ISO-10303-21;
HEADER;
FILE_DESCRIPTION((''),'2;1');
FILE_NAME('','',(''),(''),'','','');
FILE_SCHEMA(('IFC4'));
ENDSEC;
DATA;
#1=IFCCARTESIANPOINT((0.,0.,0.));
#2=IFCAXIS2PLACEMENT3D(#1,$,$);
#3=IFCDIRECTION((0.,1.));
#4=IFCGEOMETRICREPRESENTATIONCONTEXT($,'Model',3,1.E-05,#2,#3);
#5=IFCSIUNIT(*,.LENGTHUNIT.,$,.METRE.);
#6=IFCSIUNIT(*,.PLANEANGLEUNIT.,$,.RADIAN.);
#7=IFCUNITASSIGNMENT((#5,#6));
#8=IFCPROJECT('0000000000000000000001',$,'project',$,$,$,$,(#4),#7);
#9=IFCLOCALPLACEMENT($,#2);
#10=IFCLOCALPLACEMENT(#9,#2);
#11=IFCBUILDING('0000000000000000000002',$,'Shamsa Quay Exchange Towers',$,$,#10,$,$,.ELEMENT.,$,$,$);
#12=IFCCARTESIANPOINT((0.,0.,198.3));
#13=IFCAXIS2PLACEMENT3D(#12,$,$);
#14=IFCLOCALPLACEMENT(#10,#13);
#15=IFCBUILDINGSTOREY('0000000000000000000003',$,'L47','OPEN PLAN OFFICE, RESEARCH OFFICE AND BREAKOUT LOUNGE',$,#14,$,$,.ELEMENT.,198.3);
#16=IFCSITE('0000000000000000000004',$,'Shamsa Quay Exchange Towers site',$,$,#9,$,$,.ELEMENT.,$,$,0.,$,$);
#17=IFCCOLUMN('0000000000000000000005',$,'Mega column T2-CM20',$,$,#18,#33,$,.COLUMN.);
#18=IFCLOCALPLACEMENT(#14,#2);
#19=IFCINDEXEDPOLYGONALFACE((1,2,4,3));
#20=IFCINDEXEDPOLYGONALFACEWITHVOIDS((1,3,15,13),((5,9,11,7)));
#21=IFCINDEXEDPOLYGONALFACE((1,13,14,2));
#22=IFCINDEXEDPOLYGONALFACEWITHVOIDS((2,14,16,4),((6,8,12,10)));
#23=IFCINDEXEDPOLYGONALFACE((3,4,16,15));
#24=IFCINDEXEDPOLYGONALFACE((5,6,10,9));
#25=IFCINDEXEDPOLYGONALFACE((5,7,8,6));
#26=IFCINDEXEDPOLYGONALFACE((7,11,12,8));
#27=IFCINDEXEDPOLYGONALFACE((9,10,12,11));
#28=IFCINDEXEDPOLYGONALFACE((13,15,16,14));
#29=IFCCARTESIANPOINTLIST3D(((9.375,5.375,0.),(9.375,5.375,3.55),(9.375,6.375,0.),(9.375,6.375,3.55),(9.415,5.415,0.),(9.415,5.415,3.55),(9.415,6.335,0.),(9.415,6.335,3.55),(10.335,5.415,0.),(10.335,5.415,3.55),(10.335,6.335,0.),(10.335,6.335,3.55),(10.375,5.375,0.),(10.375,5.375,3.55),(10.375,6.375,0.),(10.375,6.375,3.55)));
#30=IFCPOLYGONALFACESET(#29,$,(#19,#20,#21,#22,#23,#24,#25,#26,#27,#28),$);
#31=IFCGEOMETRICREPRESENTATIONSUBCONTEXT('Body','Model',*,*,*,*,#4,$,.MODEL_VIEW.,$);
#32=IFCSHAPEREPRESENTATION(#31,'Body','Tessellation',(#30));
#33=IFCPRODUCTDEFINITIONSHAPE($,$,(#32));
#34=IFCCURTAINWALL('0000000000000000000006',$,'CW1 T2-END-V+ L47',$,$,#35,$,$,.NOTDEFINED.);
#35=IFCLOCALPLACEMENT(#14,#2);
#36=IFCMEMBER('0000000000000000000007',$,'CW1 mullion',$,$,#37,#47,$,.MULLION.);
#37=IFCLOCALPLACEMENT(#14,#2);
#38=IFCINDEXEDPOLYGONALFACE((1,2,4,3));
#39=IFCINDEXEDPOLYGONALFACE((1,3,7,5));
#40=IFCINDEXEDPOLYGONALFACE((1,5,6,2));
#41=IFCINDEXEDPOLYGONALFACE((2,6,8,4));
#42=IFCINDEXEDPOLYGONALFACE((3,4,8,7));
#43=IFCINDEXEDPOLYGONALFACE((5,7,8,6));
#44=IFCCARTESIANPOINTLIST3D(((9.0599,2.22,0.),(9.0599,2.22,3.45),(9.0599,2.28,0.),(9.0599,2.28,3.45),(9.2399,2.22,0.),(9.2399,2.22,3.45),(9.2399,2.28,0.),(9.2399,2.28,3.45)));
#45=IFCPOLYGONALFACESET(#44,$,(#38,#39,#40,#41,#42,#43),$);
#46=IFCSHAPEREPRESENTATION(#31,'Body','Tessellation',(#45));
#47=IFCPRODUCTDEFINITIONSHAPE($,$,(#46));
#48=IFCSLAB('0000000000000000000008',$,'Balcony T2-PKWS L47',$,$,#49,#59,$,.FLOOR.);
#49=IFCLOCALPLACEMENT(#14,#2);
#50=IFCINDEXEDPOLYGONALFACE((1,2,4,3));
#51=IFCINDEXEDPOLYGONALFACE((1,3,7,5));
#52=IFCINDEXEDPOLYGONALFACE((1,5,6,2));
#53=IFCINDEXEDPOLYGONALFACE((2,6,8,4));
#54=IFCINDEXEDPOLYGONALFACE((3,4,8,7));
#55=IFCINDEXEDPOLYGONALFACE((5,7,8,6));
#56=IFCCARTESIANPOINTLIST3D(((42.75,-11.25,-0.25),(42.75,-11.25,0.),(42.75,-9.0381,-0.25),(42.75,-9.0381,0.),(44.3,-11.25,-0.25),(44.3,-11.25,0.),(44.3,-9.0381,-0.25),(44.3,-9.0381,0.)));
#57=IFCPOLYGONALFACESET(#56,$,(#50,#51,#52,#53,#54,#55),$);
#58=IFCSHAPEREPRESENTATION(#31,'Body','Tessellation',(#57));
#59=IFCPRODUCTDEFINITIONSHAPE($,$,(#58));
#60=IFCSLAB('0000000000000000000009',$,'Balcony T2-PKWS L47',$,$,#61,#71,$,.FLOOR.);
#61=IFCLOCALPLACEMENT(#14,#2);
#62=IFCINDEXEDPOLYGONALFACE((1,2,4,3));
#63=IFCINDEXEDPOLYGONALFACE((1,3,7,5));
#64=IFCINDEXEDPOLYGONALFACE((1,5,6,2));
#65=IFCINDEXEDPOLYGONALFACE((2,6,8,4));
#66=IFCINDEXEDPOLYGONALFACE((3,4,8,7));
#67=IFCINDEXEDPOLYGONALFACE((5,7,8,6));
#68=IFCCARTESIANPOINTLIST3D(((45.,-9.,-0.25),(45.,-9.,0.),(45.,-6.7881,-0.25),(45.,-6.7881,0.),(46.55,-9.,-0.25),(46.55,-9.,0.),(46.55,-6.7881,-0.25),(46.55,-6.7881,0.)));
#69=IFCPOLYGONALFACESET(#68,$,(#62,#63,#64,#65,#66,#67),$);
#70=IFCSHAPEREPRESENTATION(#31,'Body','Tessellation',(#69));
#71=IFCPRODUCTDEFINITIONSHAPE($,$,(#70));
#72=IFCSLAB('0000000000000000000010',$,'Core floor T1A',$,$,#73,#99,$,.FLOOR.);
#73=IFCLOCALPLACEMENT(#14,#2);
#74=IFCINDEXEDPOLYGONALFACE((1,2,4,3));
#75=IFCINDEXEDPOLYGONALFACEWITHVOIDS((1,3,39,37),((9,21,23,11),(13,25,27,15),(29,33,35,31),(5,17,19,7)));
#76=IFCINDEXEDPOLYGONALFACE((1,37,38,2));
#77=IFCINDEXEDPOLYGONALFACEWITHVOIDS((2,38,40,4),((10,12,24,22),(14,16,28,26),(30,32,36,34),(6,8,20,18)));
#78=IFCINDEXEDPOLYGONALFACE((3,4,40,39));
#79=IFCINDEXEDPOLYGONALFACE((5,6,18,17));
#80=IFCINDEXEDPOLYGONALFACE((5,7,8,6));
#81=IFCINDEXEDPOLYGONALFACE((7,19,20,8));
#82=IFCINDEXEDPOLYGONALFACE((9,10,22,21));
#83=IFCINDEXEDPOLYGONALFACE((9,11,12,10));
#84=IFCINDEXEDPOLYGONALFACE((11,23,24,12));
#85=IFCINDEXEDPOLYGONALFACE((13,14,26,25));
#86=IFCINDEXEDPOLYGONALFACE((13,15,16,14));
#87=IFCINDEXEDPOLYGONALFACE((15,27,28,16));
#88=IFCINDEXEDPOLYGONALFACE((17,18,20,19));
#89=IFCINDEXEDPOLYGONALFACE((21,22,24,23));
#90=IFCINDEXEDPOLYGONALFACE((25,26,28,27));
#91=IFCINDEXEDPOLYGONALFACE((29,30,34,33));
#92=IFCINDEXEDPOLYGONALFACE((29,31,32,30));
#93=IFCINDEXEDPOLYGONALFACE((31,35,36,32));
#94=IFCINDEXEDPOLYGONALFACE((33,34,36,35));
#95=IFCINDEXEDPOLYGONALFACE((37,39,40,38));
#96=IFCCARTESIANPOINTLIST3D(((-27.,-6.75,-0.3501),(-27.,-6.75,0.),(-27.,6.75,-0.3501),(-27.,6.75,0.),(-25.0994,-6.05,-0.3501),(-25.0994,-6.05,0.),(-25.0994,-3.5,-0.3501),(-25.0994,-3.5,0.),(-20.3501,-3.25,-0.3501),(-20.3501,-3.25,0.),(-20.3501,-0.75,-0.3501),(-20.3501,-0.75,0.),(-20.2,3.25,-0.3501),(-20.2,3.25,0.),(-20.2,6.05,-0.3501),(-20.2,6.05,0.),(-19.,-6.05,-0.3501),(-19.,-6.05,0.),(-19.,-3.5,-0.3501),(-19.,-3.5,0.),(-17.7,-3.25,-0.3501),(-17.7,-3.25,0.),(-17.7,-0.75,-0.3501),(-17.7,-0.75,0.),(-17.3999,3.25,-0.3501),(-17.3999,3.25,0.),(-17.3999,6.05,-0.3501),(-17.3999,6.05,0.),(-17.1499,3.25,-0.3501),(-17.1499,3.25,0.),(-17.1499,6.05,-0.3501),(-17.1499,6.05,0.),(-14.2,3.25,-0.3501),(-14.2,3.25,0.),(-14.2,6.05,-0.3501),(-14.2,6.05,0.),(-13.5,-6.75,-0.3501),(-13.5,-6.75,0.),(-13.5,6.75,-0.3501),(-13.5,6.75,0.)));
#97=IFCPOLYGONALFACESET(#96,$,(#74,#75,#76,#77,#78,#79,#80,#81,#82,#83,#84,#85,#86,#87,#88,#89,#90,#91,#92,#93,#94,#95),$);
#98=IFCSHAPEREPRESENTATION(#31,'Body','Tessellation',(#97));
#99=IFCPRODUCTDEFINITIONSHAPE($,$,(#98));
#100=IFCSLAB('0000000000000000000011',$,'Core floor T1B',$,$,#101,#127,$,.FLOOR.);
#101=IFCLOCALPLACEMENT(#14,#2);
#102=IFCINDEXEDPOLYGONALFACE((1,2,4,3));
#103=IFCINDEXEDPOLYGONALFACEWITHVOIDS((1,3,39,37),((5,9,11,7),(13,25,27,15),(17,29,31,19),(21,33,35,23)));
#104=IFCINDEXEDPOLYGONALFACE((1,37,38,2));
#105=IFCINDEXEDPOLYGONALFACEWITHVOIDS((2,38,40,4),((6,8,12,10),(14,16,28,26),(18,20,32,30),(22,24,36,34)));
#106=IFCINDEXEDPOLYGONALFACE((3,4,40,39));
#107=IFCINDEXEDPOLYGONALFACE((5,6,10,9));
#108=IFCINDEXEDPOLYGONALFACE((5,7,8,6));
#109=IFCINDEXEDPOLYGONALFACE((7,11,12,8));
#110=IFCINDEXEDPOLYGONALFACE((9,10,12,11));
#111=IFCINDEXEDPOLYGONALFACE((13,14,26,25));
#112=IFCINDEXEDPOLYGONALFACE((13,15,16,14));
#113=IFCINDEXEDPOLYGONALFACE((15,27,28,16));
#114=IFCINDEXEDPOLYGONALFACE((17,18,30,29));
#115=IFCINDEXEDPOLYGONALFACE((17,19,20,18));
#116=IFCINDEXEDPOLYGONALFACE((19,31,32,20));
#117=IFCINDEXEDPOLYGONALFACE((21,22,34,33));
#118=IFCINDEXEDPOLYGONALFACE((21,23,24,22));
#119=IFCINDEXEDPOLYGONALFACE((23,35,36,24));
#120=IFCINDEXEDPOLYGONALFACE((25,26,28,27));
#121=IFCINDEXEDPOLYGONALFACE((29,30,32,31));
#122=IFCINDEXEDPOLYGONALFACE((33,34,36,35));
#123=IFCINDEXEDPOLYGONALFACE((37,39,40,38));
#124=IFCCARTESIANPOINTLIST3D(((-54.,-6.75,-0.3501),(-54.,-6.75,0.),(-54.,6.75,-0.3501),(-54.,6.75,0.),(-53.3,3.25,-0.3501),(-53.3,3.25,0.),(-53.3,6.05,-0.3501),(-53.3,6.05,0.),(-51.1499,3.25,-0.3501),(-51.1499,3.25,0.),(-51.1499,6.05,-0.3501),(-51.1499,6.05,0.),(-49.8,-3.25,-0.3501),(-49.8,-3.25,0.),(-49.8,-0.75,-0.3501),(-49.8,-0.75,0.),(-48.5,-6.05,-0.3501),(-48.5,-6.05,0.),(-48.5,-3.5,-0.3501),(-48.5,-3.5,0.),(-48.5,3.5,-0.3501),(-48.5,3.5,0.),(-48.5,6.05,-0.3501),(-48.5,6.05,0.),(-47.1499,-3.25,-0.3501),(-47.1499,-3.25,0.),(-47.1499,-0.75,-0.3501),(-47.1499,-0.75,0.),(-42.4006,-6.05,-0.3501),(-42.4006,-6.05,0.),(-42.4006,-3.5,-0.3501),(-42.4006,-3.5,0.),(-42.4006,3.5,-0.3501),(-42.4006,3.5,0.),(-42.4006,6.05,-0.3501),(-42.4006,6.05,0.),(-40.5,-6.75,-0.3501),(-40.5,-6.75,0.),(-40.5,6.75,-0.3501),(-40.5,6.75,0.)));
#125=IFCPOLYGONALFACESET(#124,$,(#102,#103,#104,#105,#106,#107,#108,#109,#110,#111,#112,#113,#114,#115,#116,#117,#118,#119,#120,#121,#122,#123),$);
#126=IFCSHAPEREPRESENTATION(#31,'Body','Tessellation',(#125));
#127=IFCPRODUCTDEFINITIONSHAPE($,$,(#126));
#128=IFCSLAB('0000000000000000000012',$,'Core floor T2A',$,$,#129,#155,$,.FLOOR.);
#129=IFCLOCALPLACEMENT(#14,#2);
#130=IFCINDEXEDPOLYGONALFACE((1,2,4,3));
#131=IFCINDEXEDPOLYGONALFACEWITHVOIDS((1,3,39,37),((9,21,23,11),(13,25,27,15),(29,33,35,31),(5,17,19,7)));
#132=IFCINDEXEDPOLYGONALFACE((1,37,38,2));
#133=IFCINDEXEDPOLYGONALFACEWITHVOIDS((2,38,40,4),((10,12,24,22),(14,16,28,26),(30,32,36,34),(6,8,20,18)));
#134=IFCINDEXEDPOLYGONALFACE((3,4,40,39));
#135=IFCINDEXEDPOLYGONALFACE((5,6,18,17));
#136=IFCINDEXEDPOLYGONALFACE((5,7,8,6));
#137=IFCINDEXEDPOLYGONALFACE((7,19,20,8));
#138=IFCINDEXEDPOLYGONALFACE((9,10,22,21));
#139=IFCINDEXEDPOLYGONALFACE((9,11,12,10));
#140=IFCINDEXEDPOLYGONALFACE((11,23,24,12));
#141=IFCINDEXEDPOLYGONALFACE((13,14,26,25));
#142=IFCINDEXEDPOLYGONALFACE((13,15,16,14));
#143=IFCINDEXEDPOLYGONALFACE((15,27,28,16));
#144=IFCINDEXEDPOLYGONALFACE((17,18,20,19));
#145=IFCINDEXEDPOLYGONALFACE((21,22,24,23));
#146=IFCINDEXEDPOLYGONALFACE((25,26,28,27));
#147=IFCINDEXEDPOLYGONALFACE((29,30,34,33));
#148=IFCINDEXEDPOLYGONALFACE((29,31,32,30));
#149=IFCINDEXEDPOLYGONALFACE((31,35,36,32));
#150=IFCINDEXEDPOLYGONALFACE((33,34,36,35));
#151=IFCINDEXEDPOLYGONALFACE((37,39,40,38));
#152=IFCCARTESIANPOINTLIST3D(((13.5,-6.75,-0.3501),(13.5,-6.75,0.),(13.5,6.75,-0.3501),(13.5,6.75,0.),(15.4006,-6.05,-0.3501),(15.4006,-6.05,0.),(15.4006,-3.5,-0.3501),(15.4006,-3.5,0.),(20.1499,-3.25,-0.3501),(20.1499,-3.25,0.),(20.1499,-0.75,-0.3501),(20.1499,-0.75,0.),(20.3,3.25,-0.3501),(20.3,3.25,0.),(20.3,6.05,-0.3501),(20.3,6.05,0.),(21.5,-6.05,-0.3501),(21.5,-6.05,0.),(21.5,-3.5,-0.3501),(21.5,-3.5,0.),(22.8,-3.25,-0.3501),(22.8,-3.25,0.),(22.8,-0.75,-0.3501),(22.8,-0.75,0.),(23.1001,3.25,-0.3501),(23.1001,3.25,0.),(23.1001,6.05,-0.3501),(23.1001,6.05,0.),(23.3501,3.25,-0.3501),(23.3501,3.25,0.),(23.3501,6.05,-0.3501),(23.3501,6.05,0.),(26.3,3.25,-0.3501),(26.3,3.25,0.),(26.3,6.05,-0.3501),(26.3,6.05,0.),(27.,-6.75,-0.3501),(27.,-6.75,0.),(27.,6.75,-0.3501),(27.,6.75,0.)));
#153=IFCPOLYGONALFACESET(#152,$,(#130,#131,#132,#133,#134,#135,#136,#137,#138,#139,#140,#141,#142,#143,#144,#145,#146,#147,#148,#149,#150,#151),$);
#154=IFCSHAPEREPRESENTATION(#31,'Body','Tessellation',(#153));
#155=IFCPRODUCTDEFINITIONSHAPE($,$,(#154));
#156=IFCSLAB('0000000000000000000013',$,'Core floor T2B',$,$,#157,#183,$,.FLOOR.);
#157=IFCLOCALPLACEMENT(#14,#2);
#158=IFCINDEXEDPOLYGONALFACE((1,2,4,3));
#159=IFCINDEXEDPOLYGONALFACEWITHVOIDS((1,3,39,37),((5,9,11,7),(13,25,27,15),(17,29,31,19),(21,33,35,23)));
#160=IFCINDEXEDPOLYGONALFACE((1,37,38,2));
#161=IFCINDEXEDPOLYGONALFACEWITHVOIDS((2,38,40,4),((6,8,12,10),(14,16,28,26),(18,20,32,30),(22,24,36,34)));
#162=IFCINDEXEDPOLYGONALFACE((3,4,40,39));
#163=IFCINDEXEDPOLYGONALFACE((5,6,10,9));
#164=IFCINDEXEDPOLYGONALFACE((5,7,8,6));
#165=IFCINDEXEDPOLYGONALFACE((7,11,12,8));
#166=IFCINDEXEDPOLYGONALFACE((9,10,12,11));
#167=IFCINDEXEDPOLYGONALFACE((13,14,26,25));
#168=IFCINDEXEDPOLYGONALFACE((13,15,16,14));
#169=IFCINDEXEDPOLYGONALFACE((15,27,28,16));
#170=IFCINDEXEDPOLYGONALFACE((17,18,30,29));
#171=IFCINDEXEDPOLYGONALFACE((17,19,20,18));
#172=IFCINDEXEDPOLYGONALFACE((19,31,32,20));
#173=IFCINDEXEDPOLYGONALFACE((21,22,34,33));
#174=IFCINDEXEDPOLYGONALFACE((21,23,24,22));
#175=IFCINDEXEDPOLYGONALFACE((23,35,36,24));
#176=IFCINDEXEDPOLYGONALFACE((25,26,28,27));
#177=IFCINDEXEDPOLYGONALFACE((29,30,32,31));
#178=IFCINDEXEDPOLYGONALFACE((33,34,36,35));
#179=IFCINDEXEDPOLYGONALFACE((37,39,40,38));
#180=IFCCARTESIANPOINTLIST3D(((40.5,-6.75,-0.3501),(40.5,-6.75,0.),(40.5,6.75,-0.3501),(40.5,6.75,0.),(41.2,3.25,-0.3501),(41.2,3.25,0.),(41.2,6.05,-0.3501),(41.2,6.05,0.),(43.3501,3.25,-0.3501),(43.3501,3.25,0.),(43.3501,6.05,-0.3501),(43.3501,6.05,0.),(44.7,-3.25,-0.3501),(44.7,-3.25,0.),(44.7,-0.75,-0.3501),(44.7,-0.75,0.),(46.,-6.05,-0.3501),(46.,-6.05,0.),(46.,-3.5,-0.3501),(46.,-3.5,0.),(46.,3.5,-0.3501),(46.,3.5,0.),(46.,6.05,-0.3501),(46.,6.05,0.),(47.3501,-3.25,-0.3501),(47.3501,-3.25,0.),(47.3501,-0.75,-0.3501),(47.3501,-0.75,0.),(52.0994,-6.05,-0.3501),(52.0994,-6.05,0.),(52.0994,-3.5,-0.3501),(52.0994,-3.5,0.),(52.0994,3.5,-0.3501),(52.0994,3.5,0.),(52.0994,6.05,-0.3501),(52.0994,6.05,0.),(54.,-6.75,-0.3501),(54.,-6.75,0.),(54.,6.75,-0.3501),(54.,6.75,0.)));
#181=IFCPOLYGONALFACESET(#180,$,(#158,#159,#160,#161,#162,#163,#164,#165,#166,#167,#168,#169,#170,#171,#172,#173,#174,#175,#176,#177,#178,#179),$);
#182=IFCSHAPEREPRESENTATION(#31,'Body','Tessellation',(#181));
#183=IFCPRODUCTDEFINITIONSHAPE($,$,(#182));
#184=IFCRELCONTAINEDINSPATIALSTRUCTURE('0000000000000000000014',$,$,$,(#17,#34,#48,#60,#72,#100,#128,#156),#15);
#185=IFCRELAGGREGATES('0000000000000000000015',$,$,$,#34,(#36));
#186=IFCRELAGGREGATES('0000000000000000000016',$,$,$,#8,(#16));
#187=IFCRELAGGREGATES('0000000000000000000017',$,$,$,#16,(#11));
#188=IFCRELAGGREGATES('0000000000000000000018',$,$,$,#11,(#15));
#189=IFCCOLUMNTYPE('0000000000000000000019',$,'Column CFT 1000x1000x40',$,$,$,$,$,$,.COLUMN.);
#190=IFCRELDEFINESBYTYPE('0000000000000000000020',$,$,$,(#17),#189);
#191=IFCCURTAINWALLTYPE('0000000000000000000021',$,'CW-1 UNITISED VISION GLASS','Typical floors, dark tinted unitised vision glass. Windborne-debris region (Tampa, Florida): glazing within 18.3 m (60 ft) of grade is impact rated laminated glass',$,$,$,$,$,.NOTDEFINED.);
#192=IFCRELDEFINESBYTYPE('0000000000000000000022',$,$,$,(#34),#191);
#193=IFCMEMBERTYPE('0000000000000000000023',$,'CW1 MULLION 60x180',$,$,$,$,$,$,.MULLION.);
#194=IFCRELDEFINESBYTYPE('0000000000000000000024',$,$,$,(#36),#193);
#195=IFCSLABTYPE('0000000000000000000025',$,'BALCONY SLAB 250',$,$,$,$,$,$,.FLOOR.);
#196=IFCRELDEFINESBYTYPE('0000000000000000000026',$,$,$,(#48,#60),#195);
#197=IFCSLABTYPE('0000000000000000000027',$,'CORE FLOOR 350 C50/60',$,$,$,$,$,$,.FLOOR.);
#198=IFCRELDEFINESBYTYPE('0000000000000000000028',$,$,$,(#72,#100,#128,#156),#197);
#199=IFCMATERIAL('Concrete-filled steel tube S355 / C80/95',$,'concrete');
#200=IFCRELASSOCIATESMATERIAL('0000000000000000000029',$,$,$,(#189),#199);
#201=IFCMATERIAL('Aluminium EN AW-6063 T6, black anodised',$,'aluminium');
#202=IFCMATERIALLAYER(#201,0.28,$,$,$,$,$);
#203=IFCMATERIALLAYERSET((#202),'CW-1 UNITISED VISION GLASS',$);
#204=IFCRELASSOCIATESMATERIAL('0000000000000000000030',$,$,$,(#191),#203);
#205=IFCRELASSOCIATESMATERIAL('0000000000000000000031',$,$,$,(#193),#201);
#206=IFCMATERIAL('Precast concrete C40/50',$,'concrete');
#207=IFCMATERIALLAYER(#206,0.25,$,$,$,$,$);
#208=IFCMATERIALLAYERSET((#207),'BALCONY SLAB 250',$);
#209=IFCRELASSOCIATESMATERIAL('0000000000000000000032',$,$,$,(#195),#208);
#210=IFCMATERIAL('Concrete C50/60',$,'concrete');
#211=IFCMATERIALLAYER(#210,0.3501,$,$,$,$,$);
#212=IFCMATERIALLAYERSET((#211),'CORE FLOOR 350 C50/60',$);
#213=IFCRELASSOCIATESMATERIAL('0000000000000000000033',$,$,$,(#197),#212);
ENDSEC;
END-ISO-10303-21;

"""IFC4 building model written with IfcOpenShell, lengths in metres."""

from ifc_helpers import new_model, si_unit, direction, frame, origin, origin_2d, place, context, subcontext, project, spatial, polyline, rectangle, hollow_rectangle, outline, extrude, material, layer, layer_set, material_profile, profile_set, type_object, element, aggregate, save


model = new_model("IFC4")

# Units and contexts
model_context = context("Model", 3, precision=1e-05, world=origin(), true_north=direction((0.0, 1.0)))
body_context = subcontext(model_context, "Body", "Model", "MODEL_VIEW")
ifc_project = project(units=[si_unit("LENGTHUNIT", "METRE"), si_unit("PLANEANGLEUNIT", "RADIAN")], contexts=[model_context])

# Site, building, storey
site_placement = place(None, origin())
site = spatial("IfcSite", under=ifc_project, at=site_placement, Name="Shamsa Quay Exchange Towers site", CompositionType="ELEMENT", RefElevation=0.0)
building_placement = place(site_placement, origin())
building = spatial("IfcBuilding", under=site, at=building_placement, Name="Shamsa Quay Exchange Towers", CompositionType="ELEMENT")
storey_placement = place(building_placement, frame((0.0, 0.0, 198.3)))
storey = spatial("IfcBuildingStorey", under=building, at=storey_placement, Name="L47", Description="OPEN PLAN OFFICE, RESEARCH OFFICE AND BREAKOUT LOUNGE", CompositionType="ELEMENT", Elevation=198.3)

# Column
ifc_material_1 = material(Name="Concrete-filled steel tube S355 / C80/95", Category="concrete")
ifc_material_profile_1 = material_profile(ifc_material_1, hollow_rectangle(XDim=1.0, YDim=1.0, WallThickness=0.04, at=origin_2d()), Name="CFT 1000x1000x40")
ifc_profile_set_1 = profile_set([ifc_material_profile_1], Name="Concrete-filled steel tube S355 / C80/95")
column_type = type_object("IfcColumnType", Name="Column CFT 1000x1000x40", PredefinedType="COLUMN", material=ifc_profile_set_1)
column_placement = place(storey_placement, frame((9.875, 5.875, 0.0)))
element("IfcColumn", 1, at=column_placement, inside=storey, type_object=column_type, Name="Mega column T2-CM20", PredefinedType="COLUMN", context=body_context, shape_type="SweptSolid", body=[
    extrude(hollow_rectangle(XDim=1.0, YDim=1.0, WallThickness=0.04, at=origin_2d()), origin(), (0.0, 0.0, 1.0), 3.55),
])

# Curtain wall, member
ifc_material_2 = material(Name="Aluminium EN AW-6063 T6, black anodised", Category="aluminium")
ifc_layer_1 = layer(ifc_material_2, 0.28)
ifc_layer_set_1 = layer_set([ifc_layer_1], Name="CW-1 UNITISED VISION GLASS")
curtain_wall_type_1 = type_object("IfcCurtainWallType", Name="CW-1 UNITISED VISION GLASS", Description="Typical floors, dark tinted unitised vision glass. Windborne-debris region (Tampa, Florida): glazing within 18.3 m (60 ft) of grade is impact rated laminated glass", PredefinedType="NOTDEFINED", material=ifc_layer_set_1)
curtain_wall_1_placement = place(storey_placement, origin())
curtain_wall_1 = element("IfcCurtainWall", 2, at=curtain_wall_1_placement, inside=storey, type_object=curtain_wall_type_1, Name="CW1 T2-END-V+ L47", PredefinedType="NOTDEFINED")
ifc_material_profile_2 = material_profile(ifc_material_2, rectangle(XDim=0.1799, YDim=0.0601, at=origin_2d()), Name="MU60x180")
ifc_profile_set_2 = profile_set([ifc_material_profile_2], Name="Aluminium EN AW-6063 T6, black anodised")
member_type = type_object("IfcMemberType", Name="CW1 MULLION 60x180", PredefinedType="MULLION", material=ifc_profile_set_2)
member_placement = place(storey_placement, frame((9.1499, 2.25, 0.0)))
member = element("IfcMember", 3, at=member_placement, type_object=member_type, Name="CW1 mullion", PredefinedType="MULLION", context=body_context, shape_type="SweptSolid", body=[
    extrude(rectangle(XDim=0.1799, YDim=0.0601, at=origin_2d()), origin(), (0.0, 0.0, 1.0), 3.45),
])

# Slabs
ifc_material_3 = material(Name="Precast concrete C40/50", Category="concrete")
ifc_layer_2 = layer(ifc_material_3, 0.25)
ifc_layer_set_2 = layer_set([ifc_layer_2], Name="BALCONY SLAB 250")
slab_type_1 = type_object("IfcSlabType", Name="BALCONY SLAB 250", PredefinedType="FLOOR", material=ifc_layer_set_2)
slab_1_placement = place(storey_placement, frame((0.0, 0.0, -0.25)))
element("IfcSlab", 4, at=slab_1_placement, inside=storey, type_object=slab_type_1, Name="Balcony T2-PKWS L47", PredefinedType="FLOOR", context=body_context, shape_type="SweptSolid", body=[
    extrude(outline(polyline([(42.75, -11.25), (42.75, -9.0381), (44.3, -9.0381), (44.3, -11.25), (42.75, -11.25)])), origin(), (0.0, 0.0, 1.0), 0.25),
])
slab_2_placement = place(storey_placement, frame((0.0, 0.0, -0.25)))
element("IfcSlab", 5, at=slab_2_placement, inside=storey, type_object=slab_type_1, Name="Balcony T2-PKWS L47", PredefinedType="FLOOR", context=body_context, shape_type="SweptSolid", body=[
    extrude(outline(polyline([(45.0, -9.0), (45.0, -6.7881), (46.55, -6.7881), (46.55, -9.0), (45.0, -9.0)])), origin(), (0.0, 0.0, 1.0), 0.25),
])
ifc_material_4 = material(Name="Concrete C50/60", Category="concrete")
ifc_layer_3 = layer(ifc_material_4, 0.3501)
ifc_layer_set_3 = layer_set([ifc_layer_3], Name="CORE FLOOR 350 C50/60")
slab_type_2 = type_object("IfcSlabType", Name="CORE FLOOR 350 C50/60", PredefinedType="FLOOR", material=ifc_layer_set_3)
slab_3_placement = place(storey_placement, frame((0.0, 0.0, -0.3501)))
element("IfcSlab", 6, at=slab_3_placement, inside=storey, type_object=slab_type_2, Name="Core floor T1A", PredefinedType="FLOOR", context=body_context, shape_type="SweptSolid", body=[
    extrude(outline(polyline([(-27.0, -6.75), (-13.5, -6.75), (-13.5, 6.75), (-27.0, 6.75), (-27.0, -6.75)]), holes=[polyline([(-25.0994, -6.05), (-25.0994, -3.5), (-19.0, -3.5), (-19.0, -6.05), (-25.0994, -6.05)]), polyline([(-20.2, 3.25), (-20.2, 6.05), (-17.3999, 6.05), (-17.3999, 3.25), (-20.2, 3.25)]), polyline([(-17.1499, 3.25), (-17.1499, 6.05), (-14.2, 6.05), (-14.2, 3.25), (-17.1499, 3.25)]), polyline([(-20.3501, -3.25), (-20.3501, -0.75), (-17.7, -0.75), (-17.7, -3.25), (-20.3501, -3.25)])]), origin(), (0.0, 0.0, 1.0), 0.3501),
])
slab_4_placement = place(storey_placement, frame((0.0, 0.0, -0.3501)))
element("IfcSlab", 7, at=slab_4_placement, inside=storey, type_object=slab_type_2, Name="Core floor T1B", PredefinedType="FLOOR", context=body_context, shape_type="SweptSolid", body=[
    extrude(outline(polyline([(-40.5, -6.75), (-40.5, 6.75), (-54.0, 6.75), (-54.0, -6.75), (-40.5, -6.75)]), holes=[polyline([(-42.4006, -3.5), (-42.4006, -6.05), (-48.5, -6.05), (-48.5, -3.5), (-42.4006, -3.5)]), polyline([(-42.4006, 6.05), (-42.4006, 3.5), (-48.5, 3.5), (-48.5, 6.05), (-42.4006, 6.05)]), polyline([(-51.1499, 3.25), (-53.3, 3.25), (-53.3, 6.05), (-51.1499, 6.05), (-51.1499, 3.25)]), polyline([(-47.1499, -3.25), (-49.8, -3.25), (-49.8, -0.75), (-47.1499, -0.75), (-47.1499, -3.25)])]), origin(), (0.0, 0.0, 1.0), 0.3501),
])
slab_5_placement = place(storey_placement, frame((0.0, 0.0, -0.3501)))
element("IfcSlab", 8, at=slab_5_placement, inside=storey, type_object=slab_type_2, Name="Core floor T2A", PredefinedType="FLOOR", context=body_context, shape_type="SweptSolid", body=[
    extrude(outline(polyline([(13.5, -6.75), (27.0, -6.75), (27.0, 6.75), (13.5, 6.75), (13.5, -6.75)]), holes=[polyline([(15.4006, -6.05), (15.4006, -3.5), (21.5, -3.5), (21.5, -6.05), (15.4006, -6.05)]), polyline([(20.3, 3.25), (20.3, 6.05), (23.1001, 6.05), (23.1001, 3.25), (20.3, 3.25)]), polyline([(23.3501, 3.25), (23.3501, 6.05), (26.3, 6.05), (26.3, 3.25), (23.3501, 3.25)]), polyline([(20.1499, -3.25), (20.1499, -0.75), (22.8, -0.75), (22.8, -3.25), (20.1499, -3.25)])]), origin(), (0.0, 0.0, 1.0), 0.3501),
])
slab_6_placement = place(storey_placement, frame((0.0, 0.0, -0.3501)))
element("IfcSlab", 9, at=slab_6_placement, inside=storey, type_object=slab_type_2, Name="Core floor T2B", PredefinedType="FLOOR", context=body_context, shape_type="SweptSolid", body=[
    extrude(outline(polyline([(54.0, -6.75), (54.0, 6.75), (40.5, 6.75), (40.5, -6.75), (54.0, -6.75)]), holes=[polyline([(52.0994, -3.5), (52.0994, -6.05), (46.0, -6.05), (46.0, -3.5), (52.0994, -3.5)]), polyline([(52.0994, 6.05), (52.0994, 3.5), (46.0, 3.5), (46.0, 6.05), (52.0994, 6.05)]), polyline([(43.3501, 3.25), (41.2, 3.25), (41.2, 6.05), (43.3501, 6.05), (43.3501, 3.25)]), polyline([(47.3501, -3.25), (44.7, -3.25), (44.7, -0.75), (47.3501, -0.75), (47.3501, -3.25)])]), origin(), (0.0, 0.0, 1.0), 0.3501),
])

aggregate(curtain_wall_1, [member])

save(model, "model.ifc")
